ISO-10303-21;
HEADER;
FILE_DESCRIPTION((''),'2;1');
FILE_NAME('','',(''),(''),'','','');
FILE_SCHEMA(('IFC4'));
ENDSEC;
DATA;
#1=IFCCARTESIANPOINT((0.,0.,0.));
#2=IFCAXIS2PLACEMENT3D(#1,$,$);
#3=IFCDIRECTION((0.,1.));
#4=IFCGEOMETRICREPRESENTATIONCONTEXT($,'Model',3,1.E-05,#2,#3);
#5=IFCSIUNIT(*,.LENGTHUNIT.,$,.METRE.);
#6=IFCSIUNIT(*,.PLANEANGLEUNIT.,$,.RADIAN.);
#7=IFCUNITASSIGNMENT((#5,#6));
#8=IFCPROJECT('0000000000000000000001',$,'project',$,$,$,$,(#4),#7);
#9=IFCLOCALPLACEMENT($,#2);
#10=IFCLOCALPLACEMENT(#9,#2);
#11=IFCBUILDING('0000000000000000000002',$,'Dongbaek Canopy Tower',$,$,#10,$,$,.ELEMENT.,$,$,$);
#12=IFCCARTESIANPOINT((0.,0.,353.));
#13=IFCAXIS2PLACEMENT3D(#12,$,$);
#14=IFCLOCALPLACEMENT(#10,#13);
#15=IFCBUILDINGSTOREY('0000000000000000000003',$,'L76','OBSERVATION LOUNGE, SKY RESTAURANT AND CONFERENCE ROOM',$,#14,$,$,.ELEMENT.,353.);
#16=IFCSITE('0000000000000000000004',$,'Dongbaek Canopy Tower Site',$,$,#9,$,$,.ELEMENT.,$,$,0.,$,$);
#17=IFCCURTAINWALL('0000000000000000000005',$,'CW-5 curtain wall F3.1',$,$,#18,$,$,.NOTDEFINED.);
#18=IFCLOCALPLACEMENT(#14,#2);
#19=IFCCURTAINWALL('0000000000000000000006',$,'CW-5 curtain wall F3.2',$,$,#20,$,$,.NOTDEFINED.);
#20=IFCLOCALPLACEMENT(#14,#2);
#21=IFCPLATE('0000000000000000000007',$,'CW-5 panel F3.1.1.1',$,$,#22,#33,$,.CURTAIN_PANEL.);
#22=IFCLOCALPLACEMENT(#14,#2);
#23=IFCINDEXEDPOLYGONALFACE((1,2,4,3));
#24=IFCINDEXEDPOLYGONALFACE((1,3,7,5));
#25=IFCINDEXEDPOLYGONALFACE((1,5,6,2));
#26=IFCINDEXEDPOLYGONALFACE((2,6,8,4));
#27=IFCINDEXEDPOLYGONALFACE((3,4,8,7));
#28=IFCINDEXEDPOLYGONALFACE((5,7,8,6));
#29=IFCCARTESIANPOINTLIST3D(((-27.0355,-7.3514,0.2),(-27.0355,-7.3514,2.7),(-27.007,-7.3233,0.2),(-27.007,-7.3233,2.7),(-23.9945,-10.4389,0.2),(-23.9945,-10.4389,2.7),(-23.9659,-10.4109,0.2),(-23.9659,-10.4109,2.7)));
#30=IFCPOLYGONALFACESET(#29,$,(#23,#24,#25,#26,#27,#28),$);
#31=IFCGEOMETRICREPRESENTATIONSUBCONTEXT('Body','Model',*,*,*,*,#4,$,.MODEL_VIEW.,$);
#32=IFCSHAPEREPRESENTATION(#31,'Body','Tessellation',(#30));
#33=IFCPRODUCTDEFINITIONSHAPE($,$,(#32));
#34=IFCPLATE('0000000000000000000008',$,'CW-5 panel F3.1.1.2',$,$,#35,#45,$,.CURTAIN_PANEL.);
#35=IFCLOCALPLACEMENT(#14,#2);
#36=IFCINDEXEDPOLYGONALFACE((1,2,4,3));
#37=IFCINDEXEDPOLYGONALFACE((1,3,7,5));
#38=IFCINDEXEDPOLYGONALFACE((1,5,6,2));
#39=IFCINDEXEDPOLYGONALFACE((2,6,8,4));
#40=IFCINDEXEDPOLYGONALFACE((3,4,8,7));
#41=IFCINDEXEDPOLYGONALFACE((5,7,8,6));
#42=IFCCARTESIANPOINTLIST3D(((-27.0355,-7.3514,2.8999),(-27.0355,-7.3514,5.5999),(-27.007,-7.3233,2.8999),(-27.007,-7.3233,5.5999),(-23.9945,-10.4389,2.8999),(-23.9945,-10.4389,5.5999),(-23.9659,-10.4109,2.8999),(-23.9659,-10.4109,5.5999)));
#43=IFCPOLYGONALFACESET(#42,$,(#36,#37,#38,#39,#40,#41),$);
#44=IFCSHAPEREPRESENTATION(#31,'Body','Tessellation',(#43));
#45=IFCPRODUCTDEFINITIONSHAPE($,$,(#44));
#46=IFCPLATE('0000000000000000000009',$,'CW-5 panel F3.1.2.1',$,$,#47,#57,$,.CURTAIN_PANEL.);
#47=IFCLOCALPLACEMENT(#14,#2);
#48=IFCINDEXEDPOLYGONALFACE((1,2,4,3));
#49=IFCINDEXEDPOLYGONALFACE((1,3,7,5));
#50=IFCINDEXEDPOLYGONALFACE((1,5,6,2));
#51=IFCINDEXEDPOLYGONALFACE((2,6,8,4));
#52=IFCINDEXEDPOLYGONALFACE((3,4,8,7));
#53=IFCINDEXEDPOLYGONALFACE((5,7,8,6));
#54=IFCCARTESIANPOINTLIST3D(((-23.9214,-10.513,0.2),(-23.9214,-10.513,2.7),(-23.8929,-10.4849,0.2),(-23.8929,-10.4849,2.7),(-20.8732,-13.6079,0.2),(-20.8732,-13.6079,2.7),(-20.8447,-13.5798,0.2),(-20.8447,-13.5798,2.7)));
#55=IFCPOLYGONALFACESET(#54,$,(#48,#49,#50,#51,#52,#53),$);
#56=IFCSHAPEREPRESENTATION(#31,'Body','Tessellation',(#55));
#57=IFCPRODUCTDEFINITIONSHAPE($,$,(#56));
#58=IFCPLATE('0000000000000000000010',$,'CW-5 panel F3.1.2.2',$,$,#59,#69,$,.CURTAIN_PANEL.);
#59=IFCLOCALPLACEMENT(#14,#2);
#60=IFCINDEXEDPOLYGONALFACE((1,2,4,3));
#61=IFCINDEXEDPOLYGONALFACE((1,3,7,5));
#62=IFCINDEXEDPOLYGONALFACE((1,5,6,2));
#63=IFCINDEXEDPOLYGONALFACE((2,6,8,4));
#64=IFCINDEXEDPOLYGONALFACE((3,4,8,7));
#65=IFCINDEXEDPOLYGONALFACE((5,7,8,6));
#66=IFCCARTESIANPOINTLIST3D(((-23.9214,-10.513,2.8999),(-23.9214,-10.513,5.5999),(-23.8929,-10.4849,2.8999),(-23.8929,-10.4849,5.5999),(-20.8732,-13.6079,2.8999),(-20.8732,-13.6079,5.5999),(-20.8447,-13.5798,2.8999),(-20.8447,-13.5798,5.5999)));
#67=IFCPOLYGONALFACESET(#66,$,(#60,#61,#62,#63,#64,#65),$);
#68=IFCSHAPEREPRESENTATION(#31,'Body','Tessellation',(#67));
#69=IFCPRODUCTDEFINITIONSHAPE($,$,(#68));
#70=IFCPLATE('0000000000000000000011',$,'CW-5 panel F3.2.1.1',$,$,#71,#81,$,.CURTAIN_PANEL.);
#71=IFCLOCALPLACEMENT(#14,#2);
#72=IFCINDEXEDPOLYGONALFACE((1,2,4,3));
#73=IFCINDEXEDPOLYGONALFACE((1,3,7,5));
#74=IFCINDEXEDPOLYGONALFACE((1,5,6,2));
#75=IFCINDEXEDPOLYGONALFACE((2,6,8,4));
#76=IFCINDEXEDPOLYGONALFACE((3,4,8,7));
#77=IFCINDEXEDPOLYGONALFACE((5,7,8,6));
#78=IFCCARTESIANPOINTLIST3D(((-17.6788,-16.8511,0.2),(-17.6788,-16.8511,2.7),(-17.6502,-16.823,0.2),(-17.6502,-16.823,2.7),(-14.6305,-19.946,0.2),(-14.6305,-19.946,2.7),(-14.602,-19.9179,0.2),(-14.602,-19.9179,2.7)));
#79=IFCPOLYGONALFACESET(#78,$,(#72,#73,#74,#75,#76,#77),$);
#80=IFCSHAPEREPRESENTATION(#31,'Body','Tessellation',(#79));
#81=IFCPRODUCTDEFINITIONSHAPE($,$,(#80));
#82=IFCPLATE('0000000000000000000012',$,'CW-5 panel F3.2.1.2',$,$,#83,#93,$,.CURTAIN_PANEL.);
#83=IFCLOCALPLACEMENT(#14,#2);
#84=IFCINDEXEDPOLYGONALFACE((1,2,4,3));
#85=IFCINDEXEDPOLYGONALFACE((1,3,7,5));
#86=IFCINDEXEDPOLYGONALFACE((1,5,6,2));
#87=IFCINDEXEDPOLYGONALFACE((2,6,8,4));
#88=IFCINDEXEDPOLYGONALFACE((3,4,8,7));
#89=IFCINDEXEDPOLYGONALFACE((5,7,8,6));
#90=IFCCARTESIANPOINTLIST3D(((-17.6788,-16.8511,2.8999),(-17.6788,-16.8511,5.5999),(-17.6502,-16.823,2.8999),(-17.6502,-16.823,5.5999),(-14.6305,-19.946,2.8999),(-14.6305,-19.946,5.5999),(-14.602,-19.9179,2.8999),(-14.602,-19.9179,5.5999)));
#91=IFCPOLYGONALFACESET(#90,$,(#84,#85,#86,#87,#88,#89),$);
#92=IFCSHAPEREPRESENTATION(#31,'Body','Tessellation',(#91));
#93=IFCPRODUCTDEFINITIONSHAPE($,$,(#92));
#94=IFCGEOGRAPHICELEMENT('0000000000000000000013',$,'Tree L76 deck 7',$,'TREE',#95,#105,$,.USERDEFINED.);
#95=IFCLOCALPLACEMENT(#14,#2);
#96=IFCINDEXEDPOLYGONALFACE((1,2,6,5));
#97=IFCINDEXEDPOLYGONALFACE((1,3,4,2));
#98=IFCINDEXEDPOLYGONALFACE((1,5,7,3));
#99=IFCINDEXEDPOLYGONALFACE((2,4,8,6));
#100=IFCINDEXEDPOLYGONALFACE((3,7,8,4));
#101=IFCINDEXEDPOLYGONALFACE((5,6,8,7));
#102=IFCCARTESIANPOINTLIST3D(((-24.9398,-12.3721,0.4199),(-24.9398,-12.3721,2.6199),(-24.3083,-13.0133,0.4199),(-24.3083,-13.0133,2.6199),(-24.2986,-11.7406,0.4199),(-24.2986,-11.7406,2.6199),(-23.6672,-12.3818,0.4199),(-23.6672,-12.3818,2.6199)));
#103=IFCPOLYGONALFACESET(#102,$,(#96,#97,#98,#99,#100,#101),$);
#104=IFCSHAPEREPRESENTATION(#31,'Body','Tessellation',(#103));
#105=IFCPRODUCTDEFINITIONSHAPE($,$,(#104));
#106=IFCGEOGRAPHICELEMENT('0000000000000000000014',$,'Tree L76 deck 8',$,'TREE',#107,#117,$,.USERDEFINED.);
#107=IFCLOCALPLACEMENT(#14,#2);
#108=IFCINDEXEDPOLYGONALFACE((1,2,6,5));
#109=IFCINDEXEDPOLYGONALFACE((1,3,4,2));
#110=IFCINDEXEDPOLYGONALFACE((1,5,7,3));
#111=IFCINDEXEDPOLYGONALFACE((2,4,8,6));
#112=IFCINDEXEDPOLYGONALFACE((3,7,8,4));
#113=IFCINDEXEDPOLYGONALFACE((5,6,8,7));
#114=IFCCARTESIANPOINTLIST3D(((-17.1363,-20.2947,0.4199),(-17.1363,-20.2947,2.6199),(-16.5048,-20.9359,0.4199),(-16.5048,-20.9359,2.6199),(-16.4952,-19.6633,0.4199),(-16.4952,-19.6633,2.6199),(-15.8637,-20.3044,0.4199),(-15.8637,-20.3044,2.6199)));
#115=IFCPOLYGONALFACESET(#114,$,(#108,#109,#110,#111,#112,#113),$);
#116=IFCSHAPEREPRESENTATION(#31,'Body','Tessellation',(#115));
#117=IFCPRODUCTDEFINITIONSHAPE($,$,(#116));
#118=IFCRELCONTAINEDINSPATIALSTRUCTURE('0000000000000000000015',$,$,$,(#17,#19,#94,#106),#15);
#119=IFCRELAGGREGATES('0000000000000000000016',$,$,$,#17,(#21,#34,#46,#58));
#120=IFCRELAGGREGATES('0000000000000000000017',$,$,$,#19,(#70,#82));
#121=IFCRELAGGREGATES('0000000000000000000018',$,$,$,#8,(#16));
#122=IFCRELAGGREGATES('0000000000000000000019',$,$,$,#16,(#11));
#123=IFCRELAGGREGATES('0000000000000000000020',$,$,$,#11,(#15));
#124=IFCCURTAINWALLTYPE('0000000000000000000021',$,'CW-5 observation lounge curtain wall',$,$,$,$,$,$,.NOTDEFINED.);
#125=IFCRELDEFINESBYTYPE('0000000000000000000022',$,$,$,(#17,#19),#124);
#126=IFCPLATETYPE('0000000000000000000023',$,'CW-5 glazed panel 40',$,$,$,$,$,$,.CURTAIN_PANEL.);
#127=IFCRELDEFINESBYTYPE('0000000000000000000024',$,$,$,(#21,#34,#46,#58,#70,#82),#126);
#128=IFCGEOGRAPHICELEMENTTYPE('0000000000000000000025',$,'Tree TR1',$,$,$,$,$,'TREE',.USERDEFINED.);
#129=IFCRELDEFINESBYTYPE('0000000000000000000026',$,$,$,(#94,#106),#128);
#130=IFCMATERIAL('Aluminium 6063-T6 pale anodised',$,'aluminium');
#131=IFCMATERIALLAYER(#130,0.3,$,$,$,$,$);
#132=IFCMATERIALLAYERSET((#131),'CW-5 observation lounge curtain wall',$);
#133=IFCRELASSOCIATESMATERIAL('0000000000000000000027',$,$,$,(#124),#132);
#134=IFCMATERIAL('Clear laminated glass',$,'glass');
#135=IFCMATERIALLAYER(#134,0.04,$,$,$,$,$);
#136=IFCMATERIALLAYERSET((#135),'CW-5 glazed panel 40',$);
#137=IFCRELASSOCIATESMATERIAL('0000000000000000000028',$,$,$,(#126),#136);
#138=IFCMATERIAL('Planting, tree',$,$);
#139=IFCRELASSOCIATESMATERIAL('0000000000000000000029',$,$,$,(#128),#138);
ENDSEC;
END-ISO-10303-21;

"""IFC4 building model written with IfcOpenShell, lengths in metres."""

from ifc_helpers import new_model, si_unit, direction, frame, origin, origin_2d, place, context, subcontext, project, spatial, rectangle, extrude, material, layer, layer_set, type_object, element, aggregate, save


model = new_model("IFC4")

# Units and contexts
model_context = context("Model", 3, precision=1e-05, world=origin(), true_north=direction((0.0, 1.0)))
body_context = subcontext(model_context, "Body", "Model", "MODEL_VIEW")
ifc_project = project(units=[si_unit("LENGTHUNIT", "METRE"), si_unit("PLANEANGLEUNIT", "RADIAN")], contexts=[model_context])

# Site, building, storey
site_placement = place(None, origin())
site = spatial("IfcSite", under=ifc_project, at=site_placement, Name="Dongbaek Canopy Tower Site", CompositionType="ELEMENT", RefElevation=0.0)
building_placement = place(site_placement, origin())
building = spatial("IfcBuilding", under=site, at=building_placement, Name="Dongbaek Canopy Tower", CompositionType="ELEMENT")
storey_placement = place(building_placement, frame((0.0, 0.0, 353.0)))
storey = spatial("IfcBuildingStorey", under=building, at=storey_placement, Name="L76", Description="OBSERVATION LOUNGE, SKY RESTAURANT AND CONFERENCE ROOM", CompositionType="ELEMENT", Elevation=353.0)

# Shared definitions
ifc_material_1 = material(Name="Aluminium 6063-T6 pale anodised", Category="aluminium")
ifc_layer_1 = layer(ifc_material_1, 0.3)
ifc_layer_set_1 = layer_set([ifc_layer_1], Name="CW-5 observation lounge curtain wall")
curtain_wall_type = type_object("IfcCurtainWallType", Name="CW-5 observation lounge curtain wall", PredefinedType="NOTDEFINED", material=ifc_layer_set_1)

# Curtain walls
curtain_wall_1_placement = place(storey_placement, origin())
curtain_wall_1 = element("IfcCurtainWall", 1, at=curtain_wall_1_placement, inside=storey, type_object=curtain_wall_type, Name="CW-5 curtain wall F3.1", PredefinedType="NOTDEFINED")
curtain_wall_2_placement = place(storey_placement, origin())
curtain_wall_2 = element("IfcCurtainWall", 2, at=curtain_wall_2_placement, inside=storey, type_object=curtain_wall_type, Name="CW-5 curtain wall F3.2", PredefinedType="NOTDEFINED")

# Plates
ifc_material_2 = material(Name="Clear laminated glass", Category="glass")
ifc_layer_2 = layer(ifc_material_2, 0.04)
ifc_layer_set_2 = layer_set([ifc_layer_2], Name="CW-5 glazed panel 40")
plate_type = type_object("IfcPlateType", Name="CW-5 glazed panel 40", PredefinedType="CURTAIN_PANEL", material=ifc_layer_set_2)
plate_1_placement = place(storey_placement, frame((-25.5007, -8.8811, 0.2), z_axis=(0.0, 0.0, 1.0), x_axis=(0.701718, -0.712455, 0.0)))
plate_1 = element("IfcPlate", 3, at=plate_1_placement, type_object=plate_type, Name="CW-5 panel F3.1.1.1", PredefinedType="CURTAIN_PANEL", context=body_context, shape_type="SweptSolid", body=[
    extrude(rectangle(XDim=4.3337, YDim=0.04, at=origin_2d()), origin(), (0.0, 0.0, 1.0), 2.5),
])
plate_2_placement = place(storey_placement, frame((-25.5007, -8.8811, 2.8999), z_axis=(0.0, 0.0, 1.0), x_axis=(0.701718, -0.712455, 0.0)))
plate_2 = element("IfcPlate", 4, at=plate_2_placement, type_object=plate_type, Name="CW-5 panel F3.1.1.2", PredefinedType="CURTAIN_PANEL", context=body_context, shape_type="SweptSolid", body=[
    extrude(rectangle(XDim=4.3337, YDim=0.04, at=origin_2d()), origin(), (0.0, 0.0, 1.0), 2.7),
])
plate_3_placement = place(storey_placement, frame((-22.3831, -12.0464, 0.2), z_axis=(0.0, 0.0, 1.0), x_axis=(0.701718, -0.712455, 0.0)))
plate_3 = element("IfcPlate", 5, at=plate_3_placement, type_object=plate_type, Name="CW-5 panel F3.1.2.1", PredefinedType="CURTAIN_PANEL", context=body_context, shape_type="SweptSolid", body=[
    extrude(rectangle(XDim=4.344, YDim=0.04, at=origin_2d()), origin(), (0.0, 0.0, 1.0), 2.5),
])
plate_4_placement = place(storey_placement, frame((-22.3831, -12.0464, 2.8999), z_axis=(0.0, 0.0, 1.0), x_axis=(0.701718, -0.712455, 0.0)))
plate_4 = element("IfcPlate", 6, at=plate_4_placement, type_object=plate_type, Name="CW-5 panel F3.1.2.2", PredefinedType="CURTAIN_PANEL", context=body_context, shape_type="SweptSolid", body=[
    extrude(rectangle(XDim=4.344, YDim=0.04, at=origin_2d()), origin(), (0.0, 0.0, 1.0), 2.7),
])
aggregate(curtain_wall_1, [plate_1, plate_2, plate_3, plate_4])
plate_5_placement = place(storey_placement, frame((-16.1404, -18.3845, 0.2), z_axis=(0.0, 0.0, 1.0), x_axis=(0.701718, -0.712455, 0.0)))
plate_5 = element("IfcPlate", 7, at=plate_5_placement, type_object=plate_type, Name="CW-5 panel F3.2.1.1", PredefinedType="CURTAIN_PANEL", context=body_context, shape_type="SweptSolid", body=[
    extrude(rectangle(XDim=4.344, YDim=0.04, at=origin_2d()), origin(), (0.0, 0.0, 1.0), 2.5),
])
plate_6_placement = place(storey_placement, frame((-16.1404, -18.3845, 2.8999), z_axis=(0.0, 0.0, 1.0), x_axis=(0.701718, -0.712455, 0.0)))
plate_6 = element("IfcPlate", 8, at=plate_6_placement, type_object=plate_type, Name="CW-5 panel F3.2.1.2", PredefinedType="CURTAIN_PANEL", context=body_context, shape_type="SweptSolid", body=[
    extrude(rectangle(XDim=4.344, YDim=0.04, at=origin_2d()), origin(), (0.0, 0.0, 1.0), 2.7),
])
aggregate(curtain_wall_2, [plate_5, plate_6])

# Geographic elements
ifc_material_3 = material(Name="Planting, tree")
geographic_element_type = type_object("IfcGeographicElementType", Name="Tree TR1", ElementType="TREE", PredefinedType="USERDEFINED", material=ifc_material_3)
for number, where, z_axis, x_axis, name in (
    (9, (-24.3035, -12.377, 0.4199), (0.0, 0.0, 1.0), (0.701718, -0.712455, 0.0), "Tree L76 deck 7"),
    (10, (-16.5, -20.2996, 0.4199), (0.0, 0.0, 1.0), (0.701718, -0.712455, 0.0), "Tree L76 deck 8"),
):
    element("IfcGeographicElement", number, at=place(storey_placement, frame(where, z_axis=z_axis, x_axis=x_axis)), inside=storey, type_object=geographic_element_type, Name=name, ObjectType="TREE", PredefinedType="USERDEFINED", context=body_context, shape_type="SweptSolid", body=[
        extrude(rectangle(XDim=0.8999, YDim=0.8999, at=origin_2d()), origin(), (0.0, 0.0, 1.0), 2.2),
    ])

save(model, "model.ifc")
